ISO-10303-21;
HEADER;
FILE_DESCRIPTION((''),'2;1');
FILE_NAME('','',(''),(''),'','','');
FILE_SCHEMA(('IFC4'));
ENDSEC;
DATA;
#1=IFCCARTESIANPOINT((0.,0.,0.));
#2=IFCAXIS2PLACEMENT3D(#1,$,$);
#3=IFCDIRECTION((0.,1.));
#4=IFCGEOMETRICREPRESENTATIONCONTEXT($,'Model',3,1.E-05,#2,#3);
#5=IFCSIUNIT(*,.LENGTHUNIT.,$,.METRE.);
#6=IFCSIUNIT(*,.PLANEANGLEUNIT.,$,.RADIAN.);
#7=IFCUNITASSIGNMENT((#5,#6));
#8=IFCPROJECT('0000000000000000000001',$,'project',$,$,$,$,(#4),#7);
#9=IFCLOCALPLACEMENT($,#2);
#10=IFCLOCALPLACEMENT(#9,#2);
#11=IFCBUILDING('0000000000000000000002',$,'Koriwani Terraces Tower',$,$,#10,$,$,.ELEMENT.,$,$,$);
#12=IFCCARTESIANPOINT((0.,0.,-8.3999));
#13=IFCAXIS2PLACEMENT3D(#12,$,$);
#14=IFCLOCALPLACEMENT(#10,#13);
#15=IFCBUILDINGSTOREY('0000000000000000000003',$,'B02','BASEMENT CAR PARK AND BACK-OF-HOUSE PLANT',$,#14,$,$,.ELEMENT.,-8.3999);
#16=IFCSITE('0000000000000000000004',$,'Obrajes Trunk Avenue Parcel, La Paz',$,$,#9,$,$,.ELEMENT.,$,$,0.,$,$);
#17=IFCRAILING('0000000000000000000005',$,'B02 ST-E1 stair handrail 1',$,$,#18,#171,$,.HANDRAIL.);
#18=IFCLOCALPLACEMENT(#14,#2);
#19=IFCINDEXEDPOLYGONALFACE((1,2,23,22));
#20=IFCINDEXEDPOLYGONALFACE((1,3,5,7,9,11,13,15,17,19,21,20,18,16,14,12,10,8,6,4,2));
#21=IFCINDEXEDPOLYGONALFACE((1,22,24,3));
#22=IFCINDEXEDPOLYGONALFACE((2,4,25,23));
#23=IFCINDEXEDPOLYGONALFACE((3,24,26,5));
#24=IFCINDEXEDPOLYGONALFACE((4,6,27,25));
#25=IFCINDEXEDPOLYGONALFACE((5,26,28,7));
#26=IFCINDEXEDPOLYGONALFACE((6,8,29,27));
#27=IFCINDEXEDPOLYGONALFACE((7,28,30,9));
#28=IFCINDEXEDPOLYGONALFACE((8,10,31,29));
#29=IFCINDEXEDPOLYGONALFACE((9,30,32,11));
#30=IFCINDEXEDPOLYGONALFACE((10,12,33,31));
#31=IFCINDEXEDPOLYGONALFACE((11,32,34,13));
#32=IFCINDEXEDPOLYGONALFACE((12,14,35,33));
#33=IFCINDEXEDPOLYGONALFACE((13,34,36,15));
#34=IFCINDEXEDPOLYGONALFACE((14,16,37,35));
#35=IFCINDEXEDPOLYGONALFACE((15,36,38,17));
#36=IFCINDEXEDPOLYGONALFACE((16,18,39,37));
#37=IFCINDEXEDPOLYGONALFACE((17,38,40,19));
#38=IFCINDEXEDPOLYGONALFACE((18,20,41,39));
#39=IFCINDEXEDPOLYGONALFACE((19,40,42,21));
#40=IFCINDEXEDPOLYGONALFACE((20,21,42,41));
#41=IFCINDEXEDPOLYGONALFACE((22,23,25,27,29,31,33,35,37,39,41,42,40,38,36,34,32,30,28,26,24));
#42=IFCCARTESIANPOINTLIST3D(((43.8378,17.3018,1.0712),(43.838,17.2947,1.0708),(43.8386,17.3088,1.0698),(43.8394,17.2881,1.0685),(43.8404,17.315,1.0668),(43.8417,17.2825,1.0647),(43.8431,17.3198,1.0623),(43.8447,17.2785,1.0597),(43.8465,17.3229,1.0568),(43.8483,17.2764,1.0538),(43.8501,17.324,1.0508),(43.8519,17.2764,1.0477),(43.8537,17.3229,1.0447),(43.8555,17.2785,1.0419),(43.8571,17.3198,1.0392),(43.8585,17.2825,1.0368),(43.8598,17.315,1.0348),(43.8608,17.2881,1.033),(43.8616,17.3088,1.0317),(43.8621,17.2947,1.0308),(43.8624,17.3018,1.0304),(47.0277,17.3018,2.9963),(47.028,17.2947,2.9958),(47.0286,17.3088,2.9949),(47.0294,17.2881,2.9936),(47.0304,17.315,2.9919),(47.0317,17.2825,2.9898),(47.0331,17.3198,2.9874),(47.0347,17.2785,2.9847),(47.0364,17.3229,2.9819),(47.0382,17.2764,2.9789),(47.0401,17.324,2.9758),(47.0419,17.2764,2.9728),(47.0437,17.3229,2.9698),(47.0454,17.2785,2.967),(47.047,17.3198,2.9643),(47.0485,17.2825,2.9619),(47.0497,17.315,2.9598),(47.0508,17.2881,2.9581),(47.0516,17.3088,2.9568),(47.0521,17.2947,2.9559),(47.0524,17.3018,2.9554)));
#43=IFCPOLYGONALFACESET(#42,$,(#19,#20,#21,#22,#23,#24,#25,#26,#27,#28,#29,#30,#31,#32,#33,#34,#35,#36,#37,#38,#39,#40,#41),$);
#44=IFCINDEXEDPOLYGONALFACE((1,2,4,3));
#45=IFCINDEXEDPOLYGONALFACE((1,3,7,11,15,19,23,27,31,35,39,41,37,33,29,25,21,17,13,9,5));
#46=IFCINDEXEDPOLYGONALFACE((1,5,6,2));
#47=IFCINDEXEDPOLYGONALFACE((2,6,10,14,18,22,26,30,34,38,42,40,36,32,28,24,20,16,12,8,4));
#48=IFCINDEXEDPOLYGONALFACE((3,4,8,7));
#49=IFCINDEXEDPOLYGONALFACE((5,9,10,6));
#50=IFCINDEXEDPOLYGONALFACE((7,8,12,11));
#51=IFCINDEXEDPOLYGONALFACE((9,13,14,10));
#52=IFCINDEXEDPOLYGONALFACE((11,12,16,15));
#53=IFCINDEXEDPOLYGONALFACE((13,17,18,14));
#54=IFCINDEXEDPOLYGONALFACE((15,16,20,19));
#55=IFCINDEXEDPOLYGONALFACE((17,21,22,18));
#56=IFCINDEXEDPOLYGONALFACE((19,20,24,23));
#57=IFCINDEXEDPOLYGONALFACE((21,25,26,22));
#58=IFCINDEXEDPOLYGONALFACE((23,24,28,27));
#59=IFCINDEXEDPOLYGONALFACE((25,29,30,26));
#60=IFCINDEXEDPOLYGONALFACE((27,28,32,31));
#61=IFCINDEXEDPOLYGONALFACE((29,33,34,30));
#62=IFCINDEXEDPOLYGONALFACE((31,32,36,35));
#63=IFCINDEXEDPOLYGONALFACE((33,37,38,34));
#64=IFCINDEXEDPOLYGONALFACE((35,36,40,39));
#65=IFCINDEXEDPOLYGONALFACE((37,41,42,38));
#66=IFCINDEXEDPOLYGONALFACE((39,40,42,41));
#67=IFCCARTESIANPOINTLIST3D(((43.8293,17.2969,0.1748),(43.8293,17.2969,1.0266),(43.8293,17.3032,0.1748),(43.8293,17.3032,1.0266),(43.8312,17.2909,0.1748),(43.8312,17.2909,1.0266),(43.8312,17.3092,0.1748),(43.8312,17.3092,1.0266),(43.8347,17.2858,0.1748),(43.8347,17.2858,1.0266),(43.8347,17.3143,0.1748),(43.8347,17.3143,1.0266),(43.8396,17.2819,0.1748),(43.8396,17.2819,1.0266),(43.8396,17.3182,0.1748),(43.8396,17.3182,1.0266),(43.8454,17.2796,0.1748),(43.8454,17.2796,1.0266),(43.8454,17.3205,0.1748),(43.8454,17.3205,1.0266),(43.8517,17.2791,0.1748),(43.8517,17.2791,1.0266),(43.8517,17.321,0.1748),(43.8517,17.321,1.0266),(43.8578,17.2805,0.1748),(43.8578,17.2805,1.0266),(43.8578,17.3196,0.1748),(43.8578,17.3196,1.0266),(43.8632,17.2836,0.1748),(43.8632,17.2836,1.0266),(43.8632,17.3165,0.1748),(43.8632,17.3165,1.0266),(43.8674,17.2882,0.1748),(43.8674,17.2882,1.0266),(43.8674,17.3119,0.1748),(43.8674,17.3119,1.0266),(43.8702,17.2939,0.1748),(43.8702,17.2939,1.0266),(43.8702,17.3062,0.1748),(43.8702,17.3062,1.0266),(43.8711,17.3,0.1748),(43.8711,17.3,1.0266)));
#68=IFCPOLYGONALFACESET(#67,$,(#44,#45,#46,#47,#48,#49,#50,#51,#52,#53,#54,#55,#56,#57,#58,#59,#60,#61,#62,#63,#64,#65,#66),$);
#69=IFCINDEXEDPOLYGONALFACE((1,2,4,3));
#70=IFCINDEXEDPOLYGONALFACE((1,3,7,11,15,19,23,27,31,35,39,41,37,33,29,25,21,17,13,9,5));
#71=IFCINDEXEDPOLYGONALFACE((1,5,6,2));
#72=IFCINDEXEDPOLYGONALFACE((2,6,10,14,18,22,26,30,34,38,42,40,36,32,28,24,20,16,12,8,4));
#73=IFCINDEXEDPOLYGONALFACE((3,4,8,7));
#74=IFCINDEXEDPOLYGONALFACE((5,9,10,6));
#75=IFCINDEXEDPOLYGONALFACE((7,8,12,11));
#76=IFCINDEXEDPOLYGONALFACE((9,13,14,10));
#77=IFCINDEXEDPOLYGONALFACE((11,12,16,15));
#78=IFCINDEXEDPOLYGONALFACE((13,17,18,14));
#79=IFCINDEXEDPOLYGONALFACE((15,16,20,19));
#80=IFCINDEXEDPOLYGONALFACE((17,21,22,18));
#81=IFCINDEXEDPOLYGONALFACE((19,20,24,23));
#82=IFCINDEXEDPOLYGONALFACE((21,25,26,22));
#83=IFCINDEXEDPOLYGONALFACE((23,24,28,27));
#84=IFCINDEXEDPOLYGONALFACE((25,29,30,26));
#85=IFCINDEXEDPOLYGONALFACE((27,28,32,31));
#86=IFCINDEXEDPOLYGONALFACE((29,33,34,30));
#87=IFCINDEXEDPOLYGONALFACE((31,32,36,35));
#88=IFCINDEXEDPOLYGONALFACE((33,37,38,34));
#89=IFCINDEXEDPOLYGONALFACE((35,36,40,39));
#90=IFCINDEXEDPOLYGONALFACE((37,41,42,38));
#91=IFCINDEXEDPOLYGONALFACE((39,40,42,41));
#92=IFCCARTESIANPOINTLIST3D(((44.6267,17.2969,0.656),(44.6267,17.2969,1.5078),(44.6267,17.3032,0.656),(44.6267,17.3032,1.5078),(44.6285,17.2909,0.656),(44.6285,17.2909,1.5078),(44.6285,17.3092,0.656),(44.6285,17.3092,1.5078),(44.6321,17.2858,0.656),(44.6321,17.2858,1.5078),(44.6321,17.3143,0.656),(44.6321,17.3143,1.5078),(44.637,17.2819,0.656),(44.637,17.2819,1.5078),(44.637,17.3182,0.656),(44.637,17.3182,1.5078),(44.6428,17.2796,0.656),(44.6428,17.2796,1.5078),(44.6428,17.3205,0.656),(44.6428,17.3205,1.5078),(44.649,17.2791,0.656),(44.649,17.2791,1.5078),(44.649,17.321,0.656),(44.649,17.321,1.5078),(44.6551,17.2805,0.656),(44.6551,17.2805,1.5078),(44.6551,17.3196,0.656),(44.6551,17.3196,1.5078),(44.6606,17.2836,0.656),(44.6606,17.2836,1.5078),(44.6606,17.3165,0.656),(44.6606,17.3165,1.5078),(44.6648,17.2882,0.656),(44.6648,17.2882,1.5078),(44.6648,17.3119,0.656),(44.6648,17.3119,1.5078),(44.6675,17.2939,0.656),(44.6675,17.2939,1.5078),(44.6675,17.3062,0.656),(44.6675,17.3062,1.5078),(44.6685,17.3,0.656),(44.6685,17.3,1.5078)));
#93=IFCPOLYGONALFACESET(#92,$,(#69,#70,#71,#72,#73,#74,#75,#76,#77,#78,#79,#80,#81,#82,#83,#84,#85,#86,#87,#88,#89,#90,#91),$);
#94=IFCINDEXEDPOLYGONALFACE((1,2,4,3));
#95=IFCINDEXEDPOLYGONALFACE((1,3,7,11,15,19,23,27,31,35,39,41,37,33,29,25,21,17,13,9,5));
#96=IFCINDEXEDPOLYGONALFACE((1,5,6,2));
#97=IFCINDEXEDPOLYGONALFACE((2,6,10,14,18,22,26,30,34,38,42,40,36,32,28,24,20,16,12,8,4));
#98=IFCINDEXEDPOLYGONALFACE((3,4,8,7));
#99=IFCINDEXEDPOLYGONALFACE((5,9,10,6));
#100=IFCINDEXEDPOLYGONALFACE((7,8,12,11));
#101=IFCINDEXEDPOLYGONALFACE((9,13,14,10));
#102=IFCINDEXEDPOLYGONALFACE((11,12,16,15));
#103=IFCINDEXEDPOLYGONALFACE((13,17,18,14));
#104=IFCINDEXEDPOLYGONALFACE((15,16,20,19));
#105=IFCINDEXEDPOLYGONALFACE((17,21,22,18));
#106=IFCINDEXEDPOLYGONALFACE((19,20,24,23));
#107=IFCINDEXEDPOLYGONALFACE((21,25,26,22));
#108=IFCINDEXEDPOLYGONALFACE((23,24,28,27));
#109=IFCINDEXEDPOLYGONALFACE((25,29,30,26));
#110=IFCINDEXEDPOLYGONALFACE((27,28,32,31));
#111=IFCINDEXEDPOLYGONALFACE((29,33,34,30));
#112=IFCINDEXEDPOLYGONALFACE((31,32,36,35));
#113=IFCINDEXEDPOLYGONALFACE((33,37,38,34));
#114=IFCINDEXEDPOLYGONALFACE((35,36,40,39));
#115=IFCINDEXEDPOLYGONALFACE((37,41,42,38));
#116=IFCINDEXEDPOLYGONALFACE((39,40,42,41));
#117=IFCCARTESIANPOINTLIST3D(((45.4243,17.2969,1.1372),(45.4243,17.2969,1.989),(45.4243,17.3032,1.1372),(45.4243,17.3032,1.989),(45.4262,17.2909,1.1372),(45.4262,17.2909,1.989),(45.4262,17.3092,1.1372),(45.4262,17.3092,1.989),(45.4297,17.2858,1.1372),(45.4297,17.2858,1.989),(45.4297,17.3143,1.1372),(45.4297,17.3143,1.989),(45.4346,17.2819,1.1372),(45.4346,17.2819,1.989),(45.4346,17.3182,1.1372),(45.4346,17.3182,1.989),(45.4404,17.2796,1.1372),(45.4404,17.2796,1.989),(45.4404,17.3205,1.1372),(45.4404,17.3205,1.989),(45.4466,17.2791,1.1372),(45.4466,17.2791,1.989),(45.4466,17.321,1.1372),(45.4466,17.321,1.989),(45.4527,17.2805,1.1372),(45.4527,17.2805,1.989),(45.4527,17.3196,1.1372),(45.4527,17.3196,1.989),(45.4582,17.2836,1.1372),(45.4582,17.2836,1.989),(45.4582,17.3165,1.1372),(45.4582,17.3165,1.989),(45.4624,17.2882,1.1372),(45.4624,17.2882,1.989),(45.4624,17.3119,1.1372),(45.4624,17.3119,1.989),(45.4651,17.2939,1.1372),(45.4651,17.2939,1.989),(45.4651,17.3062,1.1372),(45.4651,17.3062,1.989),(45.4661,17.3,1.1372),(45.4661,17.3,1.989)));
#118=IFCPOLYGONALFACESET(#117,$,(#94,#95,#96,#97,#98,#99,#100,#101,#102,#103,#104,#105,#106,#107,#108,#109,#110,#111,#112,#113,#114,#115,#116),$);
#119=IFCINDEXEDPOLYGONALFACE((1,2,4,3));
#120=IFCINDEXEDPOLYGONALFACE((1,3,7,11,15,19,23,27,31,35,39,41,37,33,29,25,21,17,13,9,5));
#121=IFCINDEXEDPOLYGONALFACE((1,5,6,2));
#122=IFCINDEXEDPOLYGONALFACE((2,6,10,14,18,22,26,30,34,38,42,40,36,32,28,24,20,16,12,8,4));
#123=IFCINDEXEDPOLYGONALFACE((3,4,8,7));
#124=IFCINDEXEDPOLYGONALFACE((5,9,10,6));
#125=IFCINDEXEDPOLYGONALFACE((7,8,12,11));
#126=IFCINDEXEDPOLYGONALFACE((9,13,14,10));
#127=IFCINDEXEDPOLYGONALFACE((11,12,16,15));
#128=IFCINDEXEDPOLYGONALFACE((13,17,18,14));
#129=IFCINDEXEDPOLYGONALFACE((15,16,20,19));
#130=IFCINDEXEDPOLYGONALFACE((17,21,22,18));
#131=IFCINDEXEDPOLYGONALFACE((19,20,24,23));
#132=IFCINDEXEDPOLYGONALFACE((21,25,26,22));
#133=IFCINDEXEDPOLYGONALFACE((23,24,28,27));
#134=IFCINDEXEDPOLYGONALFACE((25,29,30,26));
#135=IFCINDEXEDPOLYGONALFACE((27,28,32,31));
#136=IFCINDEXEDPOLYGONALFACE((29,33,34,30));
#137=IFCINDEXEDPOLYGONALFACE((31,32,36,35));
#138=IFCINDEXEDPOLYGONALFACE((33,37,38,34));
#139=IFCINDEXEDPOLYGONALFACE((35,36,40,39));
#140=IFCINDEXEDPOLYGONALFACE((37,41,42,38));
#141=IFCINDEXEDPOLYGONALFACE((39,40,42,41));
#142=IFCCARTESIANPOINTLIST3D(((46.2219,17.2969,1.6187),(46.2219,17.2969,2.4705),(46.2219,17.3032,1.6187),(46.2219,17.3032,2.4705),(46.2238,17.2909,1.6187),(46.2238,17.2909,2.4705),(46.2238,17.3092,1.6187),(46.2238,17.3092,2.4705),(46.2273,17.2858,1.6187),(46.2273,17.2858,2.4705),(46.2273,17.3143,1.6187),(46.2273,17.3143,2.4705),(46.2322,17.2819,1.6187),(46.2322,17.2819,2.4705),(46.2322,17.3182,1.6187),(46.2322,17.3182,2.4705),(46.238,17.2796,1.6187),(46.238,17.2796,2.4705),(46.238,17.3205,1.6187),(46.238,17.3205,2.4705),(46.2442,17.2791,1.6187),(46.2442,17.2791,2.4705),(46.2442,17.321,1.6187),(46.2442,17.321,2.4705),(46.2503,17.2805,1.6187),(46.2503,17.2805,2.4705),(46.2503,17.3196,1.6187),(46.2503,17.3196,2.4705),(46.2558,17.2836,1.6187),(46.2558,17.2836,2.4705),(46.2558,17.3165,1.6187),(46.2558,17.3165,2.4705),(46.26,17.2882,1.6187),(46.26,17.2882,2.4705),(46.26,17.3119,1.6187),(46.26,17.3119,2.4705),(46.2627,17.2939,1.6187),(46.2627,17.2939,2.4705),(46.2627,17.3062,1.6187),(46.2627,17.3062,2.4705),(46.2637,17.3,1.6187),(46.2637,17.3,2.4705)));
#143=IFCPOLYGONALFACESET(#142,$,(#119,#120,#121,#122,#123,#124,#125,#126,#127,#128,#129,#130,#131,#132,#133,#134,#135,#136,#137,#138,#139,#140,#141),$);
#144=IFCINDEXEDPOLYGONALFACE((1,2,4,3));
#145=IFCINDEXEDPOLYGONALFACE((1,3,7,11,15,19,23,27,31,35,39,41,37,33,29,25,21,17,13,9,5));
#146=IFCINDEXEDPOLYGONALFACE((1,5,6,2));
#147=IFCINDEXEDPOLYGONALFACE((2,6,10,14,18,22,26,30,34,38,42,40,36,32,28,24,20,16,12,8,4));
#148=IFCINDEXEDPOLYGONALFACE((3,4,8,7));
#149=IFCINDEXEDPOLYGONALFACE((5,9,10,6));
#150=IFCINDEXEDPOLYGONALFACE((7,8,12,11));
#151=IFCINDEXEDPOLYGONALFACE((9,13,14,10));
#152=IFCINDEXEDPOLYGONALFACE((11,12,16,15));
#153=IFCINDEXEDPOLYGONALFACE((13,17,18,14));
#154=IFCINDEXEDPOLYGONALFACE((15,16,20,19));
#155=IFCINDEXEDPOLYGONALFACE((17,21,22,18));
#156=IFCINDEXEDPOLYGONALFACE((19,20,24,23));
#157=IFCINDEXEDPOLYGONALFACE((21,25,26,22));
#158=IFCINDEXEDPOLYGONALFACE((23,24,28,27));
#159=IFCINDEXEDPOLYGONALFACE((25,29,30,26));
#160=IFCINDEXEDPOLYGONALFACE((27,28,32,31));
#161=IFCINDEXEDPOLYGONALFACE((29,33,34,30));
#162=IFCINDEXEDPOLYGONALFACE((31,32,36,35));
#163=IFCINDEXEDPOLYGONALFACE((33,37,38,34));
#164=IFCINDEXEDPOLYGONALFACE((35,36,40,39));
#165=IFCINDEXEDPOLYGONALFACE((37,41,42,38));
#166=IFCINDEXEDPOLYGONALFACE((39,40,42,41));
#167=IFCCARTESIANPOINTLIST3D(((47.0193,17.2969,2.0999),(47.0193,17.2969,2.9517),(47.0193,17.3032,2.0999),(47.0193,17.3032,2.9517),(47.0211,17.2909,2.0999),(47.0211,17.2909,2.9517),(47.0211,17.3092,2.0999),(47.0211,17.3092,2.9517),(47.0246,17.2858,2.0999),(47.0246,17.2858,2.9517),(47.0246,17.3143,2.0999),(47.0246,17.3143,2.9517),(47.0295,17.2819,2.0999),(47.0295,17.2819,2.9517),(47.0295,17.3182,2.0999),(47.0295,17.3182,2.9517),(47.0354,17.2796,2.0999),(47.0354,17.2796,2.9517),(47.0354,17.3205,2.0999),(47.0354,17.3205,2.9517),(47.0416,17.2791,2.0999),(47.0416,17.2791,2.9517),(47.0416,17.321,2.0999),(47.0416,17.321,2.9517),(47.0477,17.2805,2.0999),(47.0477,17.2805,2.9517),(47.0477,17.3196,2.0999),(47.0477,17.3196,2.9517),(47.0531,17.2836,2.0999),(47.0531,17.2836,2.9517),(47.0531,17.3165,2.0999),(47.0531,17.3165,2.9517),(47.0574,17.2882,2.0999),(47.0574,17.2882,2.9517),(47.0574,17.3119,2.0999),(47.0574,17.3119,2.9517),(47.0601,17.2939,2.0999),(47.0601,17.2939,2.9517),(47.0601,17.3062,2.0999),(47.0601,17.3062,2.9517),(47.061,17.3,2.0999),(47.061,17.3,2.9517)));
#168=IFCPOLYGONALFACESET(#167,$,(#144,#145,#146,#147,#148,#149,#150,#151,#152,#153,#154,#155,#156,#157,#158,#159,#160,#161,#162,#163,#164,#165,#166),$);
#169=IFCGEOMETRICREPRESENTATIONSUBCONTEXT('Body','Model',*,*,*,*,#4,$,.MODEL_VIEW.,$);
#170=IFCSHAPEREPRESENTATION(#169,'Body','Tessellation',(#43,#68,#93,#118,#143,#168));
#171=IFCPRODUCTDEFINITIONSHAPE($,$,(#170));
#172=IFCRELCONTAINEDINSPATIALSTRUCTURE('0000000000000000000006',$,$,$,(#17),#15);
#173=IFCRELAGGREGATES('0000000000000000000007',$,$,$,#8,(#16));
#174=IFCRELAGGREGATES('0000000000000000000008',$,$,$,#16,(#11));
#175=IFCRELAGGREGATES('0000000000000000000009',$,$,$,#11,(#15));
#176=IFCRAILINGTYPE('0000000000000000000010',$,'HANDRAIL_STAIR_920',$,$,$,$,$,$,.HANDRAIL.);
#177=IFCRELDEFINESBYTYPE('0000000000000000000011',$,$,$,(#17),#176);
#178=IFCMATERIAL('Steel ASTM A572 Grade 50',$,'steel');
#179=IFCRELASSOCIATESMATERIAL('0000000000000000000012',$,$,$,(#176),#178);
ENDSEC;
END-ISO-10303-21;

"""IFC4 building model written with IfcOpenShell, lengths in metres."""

from ifc_helpers import new_model, si_unit, direction, frame, origin, origin_2d, place, context, subcontext, project, spatial, circle, extrude, material, type_object, element, save


model = new_model("IFC4")

# Units and contexts
model_context = context("Model", 3, precision=1e-05, world=origin(), true_north=direction((0.0, 1.0)))
body_context = subcontext(model_context, "Body", "Model", "MODEL_VIEW")
ifc_project = project(units=[si_unit("LENGTHUNIT", "METRE"), si_unit("PLANEANGLEUNIT", "RADIAN")], contexts=[model_context])

# Site, building, storey
site_placement = place(None, origin())
site = spatial("IfcSite", under=ifc_project, at=site_placement, Name="Obrajes Trunk Avenue Parcel, La Paz", CompositionType="ELEMENT", RefElevation=0.0)
building_placement = place(site_placement, origin())
building = spatial("IfcBuilding", under=site, at=building_placement, Name="Koriwani Terraces Tower", CompositionType="ELEMENT")
storey_placement = place(building_placement, frame((0.0, 0.0, -8.3999)))
storey = spatial("IfcBuildingStorey", under=building, at=storey_placement, Name="B02", Description="BASEMENT CAR PARK AND BACK-OF-HOUSE PLANT", CompositionType="ELEMENT", Elevation=-8.3999)

# Shared definitions
ifc_material_1 = material(Name="Steel ASTM A572 Grade 50", Category="steel")

# Railing
railing_type_1 = type_object("IfcRailingType", Name="HANDRAIL_STAIR_920", PredefinedType="HANDRAIL", material=ifc_material_1)
for number, where, name in (
    (1, (43.8501, 17.3, 0.1748), "B02 ST-E1 stair handrail 1"),
):
    element("IfcRailing", number, at=place(storey_placement, frame(where)), inside=storey, type_object=railing_type_1, Name=name, PredefinedType="HANDRAIL", context=body_context, shape_type="SweptSolid", body=[
        extrude(circle(Radius=0.0239, at=origin_2d()), frame((0.0, 0.0, 0.876), z_axis=(0.856178, 0.0, 0.516682), x_axis=(0.0, 1.0, 0.0)), (0.0, 0.0, 1.0), 3.7258),
        extrude(circle(Radius=0.021, at=origin_2d()), origin(), (0.0, 0.0, 1.0), 0.8518),
        extrude(circle(Radius=0.021, at=origin_2d()), frame((0.7974, 0.0, 0.4812)), (0.0, 0.0, 1.0), 0.8518),
        extrude(circle(Radius=0.021, at=origin_2d()), frame((1.595, 0.0, 0.9624)), (0.0, 0.0, 1.0), 0.8518),
        extrude(circle(Radius=0.021, at=origin_2d()), frame((2.3926, 0.0, 1.4438)), (0.0, 0.0, 1.0), 0.8518),
        extrude(circle(Radius=0.021, at=origin_2d()), frame((3.1899, 0.0, 1.925)), (0.0, 0.0, 1.0), 0.8518),
    ])

save(model, "model.ifc")
